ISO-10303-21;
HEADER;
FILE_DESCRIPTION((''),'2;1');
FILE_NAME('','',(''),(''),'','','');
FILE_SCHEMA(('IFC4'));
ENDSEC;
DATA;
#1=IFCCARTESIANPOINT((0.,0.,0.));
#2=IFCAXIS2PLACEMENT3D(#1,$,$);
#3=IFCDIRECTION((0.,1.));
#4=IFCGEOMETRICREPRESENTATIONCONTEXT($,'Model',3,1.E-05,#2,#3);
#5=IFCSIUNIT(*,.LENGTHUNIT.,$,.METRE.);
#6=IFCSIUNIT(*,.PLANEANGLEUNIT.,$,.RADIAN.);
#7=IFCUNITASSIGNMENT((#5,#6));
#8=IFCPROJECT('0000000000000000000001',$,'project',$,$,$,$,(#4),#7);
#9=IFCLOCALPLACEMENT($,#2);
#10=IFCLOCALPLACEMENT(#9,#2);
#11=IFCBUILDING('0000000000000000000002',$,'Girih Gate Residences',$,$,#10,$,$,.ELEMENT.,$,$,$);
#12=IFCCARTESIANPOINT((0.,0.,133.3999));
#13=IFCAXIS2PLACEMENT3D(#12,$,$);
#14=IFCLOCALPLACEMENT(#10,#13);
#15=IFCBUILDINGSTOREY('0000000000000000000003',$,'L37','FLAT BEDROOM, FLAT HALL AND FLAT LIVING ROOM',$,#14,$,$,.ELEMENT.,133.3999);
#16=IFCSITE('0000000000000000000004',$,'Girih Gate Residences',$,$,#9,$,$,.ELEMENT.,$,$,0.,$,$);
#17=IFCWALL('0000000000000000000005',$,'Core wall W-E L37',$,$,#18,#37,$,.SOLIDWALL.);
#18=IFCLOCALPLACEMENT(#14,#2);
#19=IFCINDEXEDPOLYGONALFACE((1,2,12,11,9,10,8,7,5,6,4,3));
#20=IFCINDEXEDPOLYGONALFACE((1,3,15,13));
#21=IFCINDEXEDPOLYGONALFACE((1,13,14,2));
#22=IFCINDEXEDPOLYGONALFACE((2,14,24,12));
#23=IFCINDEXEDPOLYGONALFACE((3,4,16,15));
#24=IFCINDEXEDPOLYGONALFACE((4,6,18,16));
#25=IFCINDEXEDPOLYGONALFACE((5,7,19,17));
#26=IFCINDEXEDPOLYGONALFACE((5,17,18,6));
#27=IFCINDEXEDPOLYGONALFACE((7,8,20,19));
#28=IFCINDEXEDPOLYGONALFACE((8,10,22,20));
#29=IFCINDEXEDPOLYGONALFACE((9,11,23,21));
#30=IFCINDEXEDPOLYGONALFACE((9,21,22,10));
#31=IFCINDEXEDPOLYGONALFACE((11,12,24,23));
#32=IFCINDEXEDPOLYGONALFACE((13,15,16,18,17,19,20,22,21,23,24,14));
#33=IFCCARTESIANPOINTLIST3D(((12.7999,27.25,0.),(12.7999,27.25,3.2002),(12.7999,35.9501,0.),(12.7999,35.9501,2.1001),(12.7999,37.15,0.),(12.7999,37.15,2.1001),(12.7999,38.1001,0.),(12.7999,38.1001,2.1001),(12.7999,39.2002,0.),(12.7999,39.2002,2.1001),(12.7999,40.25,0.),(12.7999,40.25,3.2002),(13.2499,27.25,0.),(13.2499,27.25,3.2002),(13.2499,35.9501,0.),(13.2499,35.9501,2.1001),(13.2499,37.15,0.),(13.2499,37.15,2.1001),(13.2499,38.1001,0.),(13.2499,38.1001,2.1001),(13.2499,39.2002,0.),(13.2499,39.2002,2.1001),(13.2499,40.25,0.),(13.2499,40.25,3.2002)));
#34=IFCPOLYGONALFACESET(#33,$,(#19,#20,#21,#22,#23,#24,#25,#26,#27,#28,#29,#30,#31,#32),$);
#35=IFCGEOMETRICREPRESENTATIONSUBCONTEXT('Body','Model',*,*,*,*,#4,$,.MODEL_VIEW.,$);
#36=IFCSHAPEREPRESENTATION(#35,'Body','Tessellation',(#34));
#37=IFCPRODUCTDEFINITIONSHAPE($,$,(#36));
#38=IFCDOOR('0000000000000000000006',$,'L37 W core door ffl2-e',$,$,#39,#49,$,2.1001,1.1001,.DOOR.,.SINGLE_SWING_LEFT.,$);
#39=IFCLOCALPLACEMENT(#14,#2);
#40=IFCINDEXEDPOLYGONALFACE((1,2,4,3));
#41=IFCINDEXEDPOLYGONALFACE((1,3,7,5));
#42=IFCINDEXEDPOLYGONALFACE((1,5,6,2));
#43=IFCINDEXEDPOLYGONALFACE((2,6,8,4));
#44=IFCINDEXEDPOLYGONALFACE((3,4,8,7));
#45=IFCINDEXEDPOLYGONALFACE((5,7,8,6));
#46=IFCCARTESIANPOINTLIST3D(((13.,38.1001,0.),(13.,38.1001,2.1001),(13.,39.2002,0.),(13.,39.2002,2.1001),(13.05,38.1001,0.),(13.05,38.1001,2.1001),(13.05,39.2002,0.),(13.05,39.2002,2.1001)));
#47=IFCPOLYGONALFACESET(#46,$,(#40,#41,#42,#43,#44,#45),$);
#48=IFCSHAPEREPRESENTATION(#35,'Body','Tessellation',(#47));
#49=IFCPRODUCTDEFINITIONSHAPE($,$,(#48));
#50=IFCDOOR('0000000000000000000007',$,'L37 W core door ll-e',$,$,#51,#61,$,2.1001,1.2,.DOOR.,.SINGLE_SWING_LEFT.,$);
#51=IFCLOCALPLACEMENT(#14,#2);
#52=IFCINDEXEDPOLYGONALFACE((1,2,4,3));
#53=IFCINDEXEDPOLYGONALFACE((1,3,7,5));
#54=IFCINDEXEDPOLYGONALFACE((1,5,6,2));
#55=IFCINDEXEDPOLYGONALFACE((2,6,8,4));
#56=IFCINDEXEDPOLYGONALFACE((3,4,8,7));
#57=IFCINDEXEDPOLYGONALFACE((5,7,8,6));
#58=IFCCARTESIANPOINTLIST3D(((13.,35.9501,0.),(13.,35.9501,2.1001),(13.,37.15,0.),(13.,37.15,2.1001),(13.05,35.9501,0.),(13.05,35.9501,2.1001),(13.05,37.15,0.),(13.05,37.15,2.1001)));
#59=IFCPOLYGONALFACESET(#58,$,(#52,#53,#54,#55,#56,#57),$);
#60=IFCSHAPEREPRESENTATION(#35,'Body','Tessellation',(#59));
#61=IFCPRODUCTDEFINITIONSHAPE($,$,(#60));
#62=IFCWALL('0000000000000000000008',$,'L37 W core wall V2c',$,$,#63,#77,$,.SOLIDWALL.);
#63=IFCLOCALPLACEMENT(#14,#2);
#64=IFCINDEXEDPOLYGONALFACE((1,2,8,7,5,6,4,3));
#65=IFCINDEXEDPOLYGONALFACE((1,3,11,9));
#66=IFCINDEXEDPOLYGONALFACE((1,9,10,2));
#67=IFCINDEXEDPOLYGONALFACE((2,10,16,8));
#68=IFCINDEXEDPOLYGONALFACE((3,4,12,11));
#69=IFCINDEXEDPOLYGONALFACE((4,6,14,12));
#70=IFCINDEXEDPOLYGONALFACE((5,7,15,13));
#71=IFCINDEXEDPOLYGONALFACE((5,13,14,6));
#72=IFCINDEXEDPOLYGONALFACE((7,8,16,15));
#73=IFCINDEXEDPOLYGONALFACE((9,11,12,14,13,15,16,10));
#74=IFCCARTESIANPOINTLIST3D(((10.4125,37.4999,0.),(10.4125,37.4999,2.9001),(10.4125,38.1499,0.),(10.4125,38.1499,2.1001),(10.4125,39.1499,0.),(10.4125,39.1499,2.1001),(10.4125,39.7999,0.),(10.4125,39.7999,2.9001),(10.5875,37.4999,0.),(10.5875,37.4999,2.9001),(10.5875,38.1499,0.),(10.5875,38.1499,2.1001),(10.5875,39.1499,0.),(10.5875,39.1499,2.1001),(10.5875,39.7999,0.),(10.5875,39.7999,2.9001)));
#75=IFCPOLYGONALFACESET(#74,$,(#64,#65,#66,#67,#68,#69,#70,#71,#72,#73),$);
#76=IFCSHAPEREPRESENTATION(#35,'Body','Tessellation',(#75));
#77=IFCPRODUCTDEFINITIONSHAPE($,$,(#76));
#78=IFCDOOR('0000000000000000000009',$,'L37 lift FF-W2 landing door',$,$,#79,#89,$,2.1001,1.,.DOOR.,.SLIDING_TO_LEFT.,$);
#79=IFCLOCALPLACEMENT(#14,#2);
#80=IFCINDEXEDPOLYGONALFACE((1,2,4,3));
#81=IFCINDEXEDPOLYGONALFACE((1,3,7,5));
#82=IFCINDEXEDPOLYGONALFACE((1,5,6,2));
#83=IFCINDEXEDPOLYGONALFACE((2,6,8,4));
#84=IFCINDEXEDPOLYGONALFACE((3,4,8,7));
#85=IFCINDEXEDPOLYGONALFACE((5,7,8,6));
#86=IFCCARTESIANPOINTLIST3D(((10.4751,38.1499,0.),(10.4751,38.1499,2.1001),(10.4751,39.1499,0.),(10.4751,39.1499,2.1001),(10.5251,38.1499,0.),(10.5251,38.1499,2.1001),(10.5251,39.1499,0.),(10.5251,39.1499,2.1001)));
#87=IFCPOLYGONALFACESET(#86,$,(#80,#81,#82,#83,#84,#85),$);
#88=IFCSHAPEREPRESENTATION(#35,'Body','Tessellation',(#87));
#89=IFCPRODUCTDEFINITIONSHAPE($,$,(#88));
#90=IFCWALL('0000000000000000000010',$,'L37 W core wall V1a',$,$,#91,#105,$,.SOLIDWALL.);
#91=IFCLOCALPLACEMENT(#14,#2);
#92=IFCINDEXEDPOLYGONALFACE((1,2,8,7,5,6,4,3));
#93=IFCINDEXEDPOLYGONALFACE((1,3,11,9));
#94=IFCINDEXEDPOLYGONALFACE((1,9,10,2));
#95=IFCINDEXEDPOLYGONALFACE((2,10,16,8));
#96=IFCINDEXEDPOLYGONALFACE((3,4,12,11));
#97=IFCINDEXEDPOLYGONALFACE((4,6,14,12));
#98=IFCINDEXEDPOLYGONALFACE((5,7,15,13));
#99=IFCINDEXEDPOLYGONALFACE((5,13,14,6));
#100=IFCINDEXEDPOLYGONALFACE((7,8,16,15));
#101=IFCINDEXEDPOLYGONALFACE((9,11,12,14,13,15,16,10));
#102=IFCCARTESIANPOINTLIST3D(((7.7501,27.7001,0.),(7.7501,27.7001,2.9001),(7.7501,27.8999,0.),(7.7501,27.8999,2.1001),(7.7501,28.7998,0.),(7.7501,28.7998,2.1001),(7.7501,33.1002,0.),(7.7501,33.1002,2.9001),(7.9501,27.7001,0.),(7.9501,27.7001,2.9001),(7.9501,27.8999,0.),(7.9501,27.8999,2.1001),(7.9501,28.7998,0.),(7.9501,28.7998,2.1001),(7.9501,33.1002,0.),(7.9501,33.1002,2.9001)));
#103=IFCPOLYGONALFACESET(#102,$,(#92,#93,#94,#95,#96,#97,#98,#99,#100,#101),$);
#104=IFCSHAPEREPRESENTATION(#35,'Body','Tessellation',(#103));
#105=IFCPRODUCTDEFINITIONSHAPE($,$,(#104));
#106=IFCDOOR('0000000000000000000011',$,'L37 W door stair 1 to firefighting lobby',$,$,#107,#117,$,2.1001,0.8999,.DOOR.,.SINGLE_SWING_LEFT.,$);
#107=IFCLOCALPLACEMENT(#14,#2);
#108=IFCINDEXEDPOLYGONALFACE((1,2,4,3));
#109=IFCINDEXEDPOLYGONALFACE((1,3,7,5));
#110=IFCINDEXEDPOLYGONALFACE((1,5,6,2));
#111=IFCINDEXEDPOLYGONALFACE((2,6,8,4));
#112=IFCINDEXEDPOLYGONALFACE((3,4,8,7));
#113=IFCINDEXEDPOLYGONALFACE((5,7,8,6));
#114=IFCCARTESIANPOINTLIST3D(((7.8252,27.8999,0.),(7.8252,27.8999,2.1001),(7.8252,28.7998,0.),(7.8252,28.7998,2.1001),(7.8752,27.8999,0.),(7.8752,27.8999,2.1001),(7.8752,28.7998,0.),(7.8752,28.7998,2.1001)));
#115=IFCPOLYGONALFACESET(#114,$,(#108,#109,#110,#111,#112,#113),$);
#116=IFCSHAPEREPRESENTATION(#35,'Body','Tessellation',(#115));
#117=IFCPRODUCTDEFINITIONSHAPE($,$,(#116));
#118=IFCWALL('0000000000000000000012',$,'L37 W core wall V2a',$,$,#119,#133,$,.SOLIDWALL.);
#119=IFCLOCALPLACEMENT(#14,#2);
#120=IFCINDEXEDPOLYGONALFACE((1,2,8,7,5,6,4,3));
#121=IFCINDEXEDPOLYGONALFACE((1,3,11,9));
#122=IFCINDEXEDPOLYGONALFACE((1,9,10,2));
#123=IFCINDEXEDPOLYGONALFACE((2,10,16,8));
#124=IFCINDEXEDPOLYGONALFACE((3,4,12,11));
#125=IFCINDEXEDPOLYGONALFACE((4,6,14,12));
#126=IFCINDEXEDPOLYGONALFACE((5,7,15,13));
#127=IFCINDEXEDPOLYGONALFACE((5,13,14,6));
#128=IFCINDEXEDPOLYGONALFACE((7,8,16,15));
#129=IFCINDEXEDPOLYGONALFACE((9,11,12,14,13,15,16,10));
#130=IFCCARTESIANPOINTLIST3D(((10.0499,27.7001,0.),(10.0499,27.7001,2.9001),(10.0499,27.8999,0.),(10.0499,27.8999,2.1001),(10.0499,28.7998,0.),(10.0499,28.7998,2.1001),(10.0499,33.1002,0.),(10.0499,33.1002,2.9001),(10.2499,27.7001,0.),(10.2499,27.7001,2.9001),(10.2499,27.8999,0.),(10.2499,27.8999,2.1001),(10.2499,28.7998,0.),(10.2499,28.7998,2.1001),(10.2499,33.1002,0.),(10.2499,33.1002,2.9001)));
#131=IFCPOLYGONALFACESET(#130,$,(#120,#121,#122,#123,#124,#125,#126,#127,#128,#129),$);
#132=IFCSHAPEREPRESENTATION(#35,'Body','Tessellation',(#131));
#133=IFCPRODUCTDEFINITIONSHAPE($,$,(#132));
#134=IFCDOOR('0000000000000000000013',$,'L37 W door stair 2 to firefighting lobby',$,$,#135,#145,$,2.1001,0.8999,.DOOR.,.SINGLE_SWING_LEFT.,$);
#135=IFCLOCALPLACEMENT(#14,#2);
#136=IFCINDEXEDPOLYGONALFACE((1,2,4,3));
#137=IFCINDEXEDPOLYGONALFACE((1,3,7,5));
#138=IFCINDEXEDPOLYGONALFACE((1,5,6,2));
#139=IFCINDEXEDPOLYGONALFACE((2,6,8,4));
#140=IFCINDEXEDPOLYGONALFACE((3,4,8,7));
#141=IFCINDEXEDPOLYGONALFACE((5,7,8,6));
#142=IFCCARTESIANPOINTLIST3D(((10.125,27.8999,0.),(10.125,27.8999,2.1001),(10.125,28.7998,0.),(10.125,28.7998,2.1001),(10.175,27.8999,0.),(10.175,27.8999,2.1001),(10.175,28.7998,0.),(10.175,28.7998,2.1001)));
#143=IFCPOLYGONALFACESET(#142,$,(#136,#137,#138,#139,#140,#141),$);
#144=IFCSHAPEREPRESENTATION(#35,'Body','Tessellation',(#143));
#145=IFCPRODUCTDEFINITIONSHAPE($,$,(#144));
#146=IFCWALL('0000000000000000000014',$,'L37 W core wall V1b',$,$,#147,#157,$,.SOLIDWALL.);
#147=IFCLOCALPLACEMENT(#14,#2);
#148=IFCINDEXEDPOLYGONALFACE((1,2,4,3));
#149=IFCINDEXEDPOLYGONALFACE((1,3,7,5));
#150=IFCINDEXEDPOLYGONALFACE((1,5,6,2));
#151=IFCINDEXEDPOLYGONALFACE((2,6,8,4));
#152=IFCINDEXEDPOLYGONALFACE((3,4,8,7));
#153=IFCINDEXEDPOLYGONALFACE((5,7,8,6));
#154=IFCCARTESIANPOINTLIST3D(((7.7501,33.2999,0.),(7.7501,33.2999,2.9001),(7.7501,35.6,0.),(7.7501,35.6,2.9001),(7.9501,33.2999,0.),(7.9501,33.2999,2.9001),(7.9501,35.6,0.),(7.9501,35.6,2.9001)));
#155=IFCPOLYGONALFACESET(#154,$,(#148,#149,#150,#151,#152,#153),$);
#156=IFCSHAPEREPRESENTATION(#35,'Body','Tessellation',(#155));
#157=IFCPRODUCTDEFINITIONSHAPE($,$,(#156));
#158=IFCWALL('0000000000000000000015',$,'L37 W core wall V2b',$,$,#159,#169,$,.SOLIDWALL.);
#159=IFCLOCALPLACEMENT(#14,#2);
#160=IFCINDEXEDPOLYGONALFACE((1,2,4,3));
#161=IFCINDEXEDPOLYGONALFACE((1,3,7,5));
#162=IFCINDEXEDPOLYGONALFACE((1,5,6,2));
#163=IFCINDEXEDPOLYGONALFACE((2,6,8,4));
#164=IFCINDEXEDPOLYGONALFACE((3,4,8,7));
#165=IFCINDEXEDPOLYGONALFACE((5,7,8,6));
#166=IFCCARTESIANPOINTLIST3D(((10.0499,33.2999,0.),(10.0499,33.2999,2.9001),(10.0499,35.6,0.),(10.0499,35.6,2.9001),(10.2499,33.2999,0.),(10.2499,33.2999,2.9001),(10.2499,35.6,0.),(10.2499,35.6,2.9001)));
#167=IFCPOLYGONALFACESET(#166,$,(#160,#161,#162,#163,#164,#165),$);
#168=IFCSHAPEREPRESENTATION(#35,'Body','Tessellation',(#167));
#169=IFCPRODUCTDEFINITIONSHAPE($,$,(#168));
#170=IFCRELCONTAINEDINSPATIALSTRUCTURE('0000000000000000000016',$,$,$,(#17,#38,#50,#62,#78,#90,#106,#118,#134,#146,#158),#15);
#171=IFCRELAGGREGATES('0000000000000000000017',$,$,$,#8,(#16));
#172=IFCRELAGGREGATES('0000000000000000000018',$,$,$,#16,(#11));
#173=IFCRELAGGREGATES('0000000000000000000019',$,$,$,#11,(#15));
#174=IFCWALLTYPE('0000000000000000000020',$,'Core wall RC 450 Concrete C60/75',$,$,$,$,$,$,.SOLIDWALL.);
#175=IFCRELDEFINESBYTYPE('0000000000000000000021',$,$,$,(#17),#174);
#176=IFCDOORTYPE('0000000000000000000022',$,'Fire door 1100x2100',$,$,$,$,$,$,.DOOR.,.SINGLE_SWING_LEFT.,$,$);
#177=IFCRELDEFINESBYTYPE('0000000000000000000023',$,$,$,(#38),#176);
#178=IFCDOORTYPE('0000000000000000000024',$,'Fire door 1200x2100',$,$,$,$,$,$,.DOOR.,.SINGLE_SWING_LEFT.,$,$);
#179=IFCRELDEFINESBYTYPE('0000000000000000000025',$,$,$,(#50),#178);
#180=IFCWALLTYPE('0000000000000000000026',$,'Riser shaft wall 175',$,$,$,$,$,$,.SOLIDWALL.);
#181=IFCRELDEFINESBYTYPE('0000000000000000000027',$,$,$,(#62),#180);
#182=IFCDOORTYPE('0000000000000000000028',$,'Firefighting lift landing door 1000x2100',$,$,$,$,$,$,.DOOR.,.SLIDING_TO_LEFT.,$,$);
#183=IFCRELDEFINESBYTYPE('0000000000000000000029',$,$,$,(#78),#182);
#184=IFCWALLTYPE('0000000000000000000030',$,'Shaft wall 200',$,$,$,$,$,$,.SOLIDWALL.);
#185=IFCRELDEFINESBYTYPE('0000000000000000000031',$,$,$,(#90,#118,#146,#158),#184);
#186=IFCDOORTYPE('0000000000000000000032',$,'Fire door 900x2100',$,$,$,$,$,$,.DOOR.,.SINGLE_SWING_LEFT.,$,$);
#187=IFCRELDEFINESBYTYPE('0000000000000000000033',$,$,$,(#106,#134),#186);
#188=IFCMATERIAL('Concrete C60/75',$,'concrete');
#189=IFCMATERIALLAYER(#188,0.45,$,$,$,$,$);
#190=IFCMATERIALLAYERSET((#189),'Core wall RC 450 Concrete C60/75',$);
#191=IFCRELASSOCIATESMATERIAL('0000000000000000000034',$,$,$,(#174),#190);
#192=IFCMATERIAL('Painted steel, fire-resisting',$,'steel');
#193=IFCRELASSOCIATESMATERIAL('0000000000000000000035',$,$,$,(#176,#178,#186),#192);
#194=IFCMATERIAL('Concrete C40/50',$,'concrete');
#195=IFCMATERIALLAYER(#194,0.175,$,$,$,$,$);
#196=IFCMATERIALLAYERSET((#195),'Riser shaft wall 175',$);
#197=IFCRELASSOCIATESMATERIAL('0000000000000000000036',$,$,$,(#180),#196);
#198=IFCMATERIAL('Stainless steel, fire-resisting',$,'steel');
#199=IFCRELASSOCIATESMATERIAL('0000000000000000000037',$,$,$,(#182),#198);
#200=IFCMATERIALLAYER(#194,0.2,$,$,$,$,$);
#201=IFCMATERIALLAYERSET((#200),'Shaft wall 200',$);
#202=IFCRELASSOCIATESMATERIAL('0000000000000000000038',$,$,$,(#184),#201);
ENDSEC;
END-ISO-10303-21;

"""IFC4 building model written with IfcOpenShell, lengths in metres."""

from ifc_helpers import new_model, si_unit, direction, frame, frame_2d, origin, place, context, subcontext, project, spatial, rectangle, extrude, material, layer, layer_set, type_object, element, fill, save


model = new_model("IFC4")

# Units and contexts
model_context = context("Model", 3, precision=1e-05, world=origin(), true_north=direction((0.0, 1.0)))
body_context = subcontext(model_context, "Body", "Model", "MODEL_VIEW")
ifc_project = project(units=[si_unit("LENGTHUNIT", "METRE"), si_unit("PLANEANGLEUNIT", "RADIAN")], contexts=[model_context])

# Site, building, storey
site_placement = place(None, origin())
site = spatial("IfcSite", under=ifc_project, at=site_placement, Name="Girih Gate Residences", CompositionType="ELEMENT", RefElevation=0.0)
building_placement = place(site_placement, origin())
building = spatial("IfcBuilding", under=site, at=building_placement, Name="Girih Gate Residences", CompositionType="ELEMENT")
storey_placement = place(building_placement, frame((0.0, 0.0, 133.3999)))
storey = spatial("IfcBuildingStorey", under=building, at=storey_placement, Name="L37", Description="FLAT BEDROOM, FLAT HALL AND FLAT LIVING ROOM", CompositionType="ELEMENT", Elevation=133.3999)

# Shared definitions
ifc_material_1 = material(Name="Concrete C60/75", Category="concrete")

# Wall, openings, doors
ifc_layer_1 = layer(ifc_material_1, 0.45)
ifc_layer_set_1 = layer_set([ifc_layer_1], Name="Core wall RC 450 Concrete C60/75")
wall_type_1 = type_object("IfcWallType", Name="Core wall RC 450 Concrete C60/75", PredefinedType="SOLIDWALL", material=ifc_layer_set_1)
wall_1_placement = place(storey_placement, frame((13.0249, 27.25, 0.0), z_axis=(0.0, 0.0, 1.0), x_axis=(0.0, 1.0, 0.0)))
wall_1 = element("IfcWall", 1, at=wall_1_placement, inside=storey, type_object=wall_type_1, Name="Core wall W-E L37", PredefinedType="SOLIDWALL", context=body_context, shape_type="SweptSolid", body=[
    extrude(rectangle(XDim=13.0, YDim=0.45, at=frame_2d((6.5, 0.0))), origin(), (0.0, 0.0, 1.0), 3.2002),
])
opening_1_placement = place(wall_1_placement, frame((10.8501, 0.0, 0.0)))
opening_1 = element("IfcOpeningElement", 2, at=opening_1_placement, cuts=wall_1, PredefinedType="OPENING", context=body_context, shape_type="SweptSolid", body=[
    extrude(rectangle(XDim=1.1001, YDim=2.1001, at=frame_2d((0.55, 1.05))), frame((0.0, 0.2349, 0.0), z_axis=(0.0, -1.0, 0.0), x_axis=(1.0, 0.0, 0.0)), (0.0, 0.0, 1.0), 0.47),
])
opening_2_placement = place(wall_1_placement, frame((8.7, 0.0, 0.0)))
opening_2 = element("IfcOpeningElement", 3, at=opening_2_placement, cuts=wall_1, PredefinedType="OPENING", context=body_context, shape_type="SweptSolid", body=[
    extrude(rectangle(XDim=1.2, YDim=2.1001, at=frame_2d((0.6001, 1.05))), frame((0.0, 0.2349, 0.0), z_axis=(0.0, -1.0, 0.0), x_axis=(1.0, 0.0, 0.0)), (0.0, 0.0, 1.0), 0.47),
])
ifc_material_2 = material(Name="Painted steel, fire-resisting", Category="steel")
door_type_1 = type_object("IfcDoorType", Name="Fire door 1100x2100", OperationType="SINGLE_SWING_LEFT", PredefinedType="DOOR", material=ifc_material_2)
door_1_placement = place(opening_1_placement, origin())
door_1 = element("IfcDoor", 4, at=door_1_placement, inside=storey, type_object=door_type_1, Name="L37 W core door ffl2-e", OperationType="SINGLE_SWING_LEFT", OverallHeight=2.1001, OverallWidth=1.1001, PredefinedType="DOOR", context=body_context, shape_type="SweptSolid", body=[
    extrude(rectangle(XDim=1.1001, YDim=2.1001, at=frame_2d((0.55, 1.05))), frame((0.0, 0.0249, 0.0), z_axis=(0.0, -1.0, 0.0), x_axis=(1.0, 0.0, 0.0)), (0.0, 0.0, 1.0), 0.05),
])
fill(opening_1, door_1)
door_type_2 = type_object("IfcDoorType", Name="Fire door 1200x2100", OperationType="SINGLE_SWING_LEFT", PredefinedType="DOOR", material=ifc_material_2)
door_2_placement = place(opening_2_placement, origin())
door_2 = element("IfcDoor", 5, at=door_2_placement, inside=storey, type_object=door_type_2, Name="L37 W core door ll-e", OperationType="SINGLE_SWING_LEFT", OverallHeight=2.1001, OverallWidth=1.2, PredefinedType="DOOR", context=body_context, shape_type="SweptSolid", body=[
    extrude(rectangle(XDim=1.2, YDim=2.1001, at=frame_2d((0.6001, 1.05))), frame((0.0, 0.0249, 0.0), z_axis=(0.0, -1.0, 0.0), x_axis=(1.0, 0.0, 0.0)), (0.0, 0.0, 1.0), 0.05),
])
fill(opening_2, door_2)

# Walls, openings, doors
ifc_material_3 = material(Name="Concrete C40/50", Category="concrete")
ifc_layer_2 = layer(ifc_material_3, 0.175)
ifc_layer_set_2 = layer_set([ifc_layer_2], Name="Riser shaft wall 175")
wall_type_2 = type_object("IfcWallType", Name="Riser shaft wall 175", PredefinedType="SOLIDWALL", material=ifc_layer_set_2)
wall_2_placement = place(storey_placement, frame((10.5, 37.5, 0.0), z_axis=(0.0, 0.0, 1.0), x_axis=(0.0, 1.0, 0.0)))
wall_2 = element("IfcWall", 6, at=wall_2_placement, inside=storey, type_object=wall_type_2, Name="L37 W core wall V2c", PredefinedType="SOLIDWALL", context=body_context, shape_type="SweptSolid", body=[
    extrude(rectangle(XDim=2.3, YDim=0.175, at=frame_2d((1.1499, 0.0))), origin(), (0.0, 0.0, 1.0), 2.9001),
])
opening_3_placement = place(wall_2_placement, frame((0.6499, 0.0, 0.0)))
opening_3 = element("IfcOpeningElement", 7, at=opening_3_placement, cuts=wall_2, PredefinedType="OPENING", context=body_context, shape_type="SweptSolid", body=[
    extrude(rectangle(XDim=1.0, YDim=2.1001, at=frame_2d((0.5, 1.05))), frame((0.0, 0.0974, 0.0), z_axis=(0.0, -1.0, 0.0), x_axis=(1.0, 0.0, 0.0)), (0.0, 0.0, 1.0), 0.1951),
])
ifc_material_4 = material(Name="Stainless steel, fire-resisting", Category="steel")
door_type_3 = type_object("IfcDoorType", Name="Firefighting lift landing door 1000x2100", OperationType="SLIDING_TO_LEFT", PredefinedType="DOOR", material=ifc_material_4)
door_3_placement = place(opening_3_placement, origin())
door_3 = element("IfcDoor", 8, at=door_3_placement, inside=storey, type_object=door_type_3, Name="L37 lift FF-W2 landing door", OperationType="SLIDING_TO_LEFT", OverallHeight=2.1001, OverallWidth=1.0, PredefinedType="DOOR", context=body_context, shape_type="SweptSolid", body=[
    extrude(rectangle(XDim=1.0, YDim=2.1001, at=frame_2d((0.5, 1.05))), frame((0.0, 0.0249, 0.0), z_axis=(0.0, -1.0, 0.0), x_axis=(1.0, 0.0, 0.0)), (0.0, 0.0, 1.0), 0.05),
])
fill(opening_3, door_3)
ifc_layer_3 = layer(ifc_material_3, 0.2)
ifc_layer_set_3 = layer_set([ifc_layer_3], Name="Shaft wall 200")
wall_type_3 = type_object("IfcWallType", Name="Shaft wall 200", PredefinedType="SOLIDWALL", material=ifc_layer_set_3)
wall_3_placement = place(storey_placement, frame((7.8501, 27.7, 0.0), z_axis=(0.0, 0.0, 1.0), x_axis=(0.0, 1.0, 0.0)))
wall_3 = element("IfcWall", 9, at=wall_3_placement, inside=storey, type_object=wall_type_3, Name="L37 W core wall V1a", PredefinedType="SOLIDWALL", context=body_context, shape_type="SweptSolid", body=[
    extrude(rectangle(XDim=5.4001, YDim=0.2, at=frame_2d((2.7002, 0.0))), origin(), (0.0, 0.0, 1.0), 2.9001),
])
opening_4_placement = place(wall_3_placement, frame((0.2, 0.0, 0.0)))
opening_4 = element("IfcOpeningElement", 10, at=opening_4_placement, cuts=wall_3, PredefinedType="OPENING", context=body_context, shape_type="SweptSolid", body=[
    extrude(rectangle(XDim=0.8999, YDim=2.1001, at=frame_2d((0.45, 1.05))), frame((0.0, 0.1099, 0.0), z_axis=(0.0, -1.0, 0.0), x_axis=(1.0, 0.0, 0.0)), (0.0, 0.0, 1.0), 0.22),
])
door_type_4 = type_object("IfcDoorType", Name="Fire door 900x2100", OperationType="SINGLE_SWING_LEFT", PredefinedType="DOOR", material=ifc_material_2)
door_4_placement = place(opening_4_placement, origin())
door_4 = element("IfcDoor", 11, at=door_4_placement, inside=storey, type_object=door_type_4, Name="L37 W door stair 1 to firefighting lobby", OperationType="SINGLE_SWING_LEFT", OverallHeight=2.1001, OverallWidth=0.8999, PredefinedType="DOOR", context=body_context, shape_type="SweptSolid", body=[
    extrude(rectangle(XDim=0.8999, YDim=2.1001, at=frame_2d((0.45, 1.05))), frame((0.0, 0.0249, 0.0), z_axis=(0.0, -1.0, 0.0), x_axis=(1.0, 0.0, 0.0)), (0.0, 0.0, 1.0), 0.05),
])
fill(opening_4, door_4)
wall_4_placement = place(storey_placement, frame((10.1499, 27.7, 0.0), z_axis=(0.0, 0.0, 1.0), x_axis=(0.0, 1.0, 0.0)))
wall_4 = element("IfcWall", 12, at=wall_4_placement, inside=storey, type_object=wall_type_3, Name="L37 W core wall V2a", PredefinedType="SOLIDWALL", context=body_context, shape_type="SweptSolid", body=[
    extrude(rectangle(XDim=5.4001, YDim=0.2, at=frame_2d((2.7002, 0.0))), origin(), (0.0, 0.0, 1.0), 2.9001),
])
opening_5_placement = place(wall_4_placement, frame((0.2, 0.0, 0.0)))
opening_5 = element("IfcOpeningElement", 13, at=opening_5_placement, cuts=wall_4, PredefinedType="OPENING", context=body_context, shape_type="SweptSolid", body=[
    extrude(rectangle(XDim=0.8999, YDim=2.1001, at=frame_2d((0.45, 1.05))), frame((0.0, 0.1099, 0.0), z_axis=(0.0, -1.0, 0.0), x_axis=(1.0, 0.0, 0.0)), (0.0, 0.0, 1.0), 0.22),
])
door_5_placement = place(opening_5_placement, origin())
door_5 = element("IfcDoor", 14, at=door_5_placement, inside=storey, type_object=door_type_4, Name="L37 W door stair 2 to firefighting lobby", OperationType="SINGLE_SWING_LEFT", OverallHeight=2.1001, OverallWidth=0.8999, PredefinedType="DOOR", context=body_context, shape_type="SweptSolid", body=[
    extrude(rectangle(XDim=0.8999, YDim=2.1001, at=frame_2d((0.45, 1.05))), frame((0.0, 0.0249, 0.0), z_axis=(0.0, -1.0, 0.0), x_axis=(1.0, 0.0, 0.0)), (0.0, 0.0, 1.0), 0.05),
])
fill(opening_5, door_5)

# Walls
for number, where, z_axis, x_axis, name in (
    (15, (7.8501, 33.3, 0.0), (0.0, 0.0, 1.0), (0.0, 1.0, 0.0), "L37 W core wall V1b"),
    (16, (10.1499, 33.3, 0.0), (0.0, 0.0, 1.0), (0.0, 1.0, 0.0), "L37 W core wall V2b"),
):
    element("IfcWall", number, at=place(storey_placement, frame(where, z_axis=z_axis, x_axis=x_axis)), inside=storey, type_object=wall_type_3, Name=name, PredefinedType="SOLIDWALL", context=body_context, shape_type="SweptSolid", body=[
        extrude(rectangle(XDim=2.3, YDim=0.2, at=frame_2d((1.1499, 0.0))), origin(), (0.0, 0.0, 1.0), 2.9001),
    ])

save(model, "model.ifc")
